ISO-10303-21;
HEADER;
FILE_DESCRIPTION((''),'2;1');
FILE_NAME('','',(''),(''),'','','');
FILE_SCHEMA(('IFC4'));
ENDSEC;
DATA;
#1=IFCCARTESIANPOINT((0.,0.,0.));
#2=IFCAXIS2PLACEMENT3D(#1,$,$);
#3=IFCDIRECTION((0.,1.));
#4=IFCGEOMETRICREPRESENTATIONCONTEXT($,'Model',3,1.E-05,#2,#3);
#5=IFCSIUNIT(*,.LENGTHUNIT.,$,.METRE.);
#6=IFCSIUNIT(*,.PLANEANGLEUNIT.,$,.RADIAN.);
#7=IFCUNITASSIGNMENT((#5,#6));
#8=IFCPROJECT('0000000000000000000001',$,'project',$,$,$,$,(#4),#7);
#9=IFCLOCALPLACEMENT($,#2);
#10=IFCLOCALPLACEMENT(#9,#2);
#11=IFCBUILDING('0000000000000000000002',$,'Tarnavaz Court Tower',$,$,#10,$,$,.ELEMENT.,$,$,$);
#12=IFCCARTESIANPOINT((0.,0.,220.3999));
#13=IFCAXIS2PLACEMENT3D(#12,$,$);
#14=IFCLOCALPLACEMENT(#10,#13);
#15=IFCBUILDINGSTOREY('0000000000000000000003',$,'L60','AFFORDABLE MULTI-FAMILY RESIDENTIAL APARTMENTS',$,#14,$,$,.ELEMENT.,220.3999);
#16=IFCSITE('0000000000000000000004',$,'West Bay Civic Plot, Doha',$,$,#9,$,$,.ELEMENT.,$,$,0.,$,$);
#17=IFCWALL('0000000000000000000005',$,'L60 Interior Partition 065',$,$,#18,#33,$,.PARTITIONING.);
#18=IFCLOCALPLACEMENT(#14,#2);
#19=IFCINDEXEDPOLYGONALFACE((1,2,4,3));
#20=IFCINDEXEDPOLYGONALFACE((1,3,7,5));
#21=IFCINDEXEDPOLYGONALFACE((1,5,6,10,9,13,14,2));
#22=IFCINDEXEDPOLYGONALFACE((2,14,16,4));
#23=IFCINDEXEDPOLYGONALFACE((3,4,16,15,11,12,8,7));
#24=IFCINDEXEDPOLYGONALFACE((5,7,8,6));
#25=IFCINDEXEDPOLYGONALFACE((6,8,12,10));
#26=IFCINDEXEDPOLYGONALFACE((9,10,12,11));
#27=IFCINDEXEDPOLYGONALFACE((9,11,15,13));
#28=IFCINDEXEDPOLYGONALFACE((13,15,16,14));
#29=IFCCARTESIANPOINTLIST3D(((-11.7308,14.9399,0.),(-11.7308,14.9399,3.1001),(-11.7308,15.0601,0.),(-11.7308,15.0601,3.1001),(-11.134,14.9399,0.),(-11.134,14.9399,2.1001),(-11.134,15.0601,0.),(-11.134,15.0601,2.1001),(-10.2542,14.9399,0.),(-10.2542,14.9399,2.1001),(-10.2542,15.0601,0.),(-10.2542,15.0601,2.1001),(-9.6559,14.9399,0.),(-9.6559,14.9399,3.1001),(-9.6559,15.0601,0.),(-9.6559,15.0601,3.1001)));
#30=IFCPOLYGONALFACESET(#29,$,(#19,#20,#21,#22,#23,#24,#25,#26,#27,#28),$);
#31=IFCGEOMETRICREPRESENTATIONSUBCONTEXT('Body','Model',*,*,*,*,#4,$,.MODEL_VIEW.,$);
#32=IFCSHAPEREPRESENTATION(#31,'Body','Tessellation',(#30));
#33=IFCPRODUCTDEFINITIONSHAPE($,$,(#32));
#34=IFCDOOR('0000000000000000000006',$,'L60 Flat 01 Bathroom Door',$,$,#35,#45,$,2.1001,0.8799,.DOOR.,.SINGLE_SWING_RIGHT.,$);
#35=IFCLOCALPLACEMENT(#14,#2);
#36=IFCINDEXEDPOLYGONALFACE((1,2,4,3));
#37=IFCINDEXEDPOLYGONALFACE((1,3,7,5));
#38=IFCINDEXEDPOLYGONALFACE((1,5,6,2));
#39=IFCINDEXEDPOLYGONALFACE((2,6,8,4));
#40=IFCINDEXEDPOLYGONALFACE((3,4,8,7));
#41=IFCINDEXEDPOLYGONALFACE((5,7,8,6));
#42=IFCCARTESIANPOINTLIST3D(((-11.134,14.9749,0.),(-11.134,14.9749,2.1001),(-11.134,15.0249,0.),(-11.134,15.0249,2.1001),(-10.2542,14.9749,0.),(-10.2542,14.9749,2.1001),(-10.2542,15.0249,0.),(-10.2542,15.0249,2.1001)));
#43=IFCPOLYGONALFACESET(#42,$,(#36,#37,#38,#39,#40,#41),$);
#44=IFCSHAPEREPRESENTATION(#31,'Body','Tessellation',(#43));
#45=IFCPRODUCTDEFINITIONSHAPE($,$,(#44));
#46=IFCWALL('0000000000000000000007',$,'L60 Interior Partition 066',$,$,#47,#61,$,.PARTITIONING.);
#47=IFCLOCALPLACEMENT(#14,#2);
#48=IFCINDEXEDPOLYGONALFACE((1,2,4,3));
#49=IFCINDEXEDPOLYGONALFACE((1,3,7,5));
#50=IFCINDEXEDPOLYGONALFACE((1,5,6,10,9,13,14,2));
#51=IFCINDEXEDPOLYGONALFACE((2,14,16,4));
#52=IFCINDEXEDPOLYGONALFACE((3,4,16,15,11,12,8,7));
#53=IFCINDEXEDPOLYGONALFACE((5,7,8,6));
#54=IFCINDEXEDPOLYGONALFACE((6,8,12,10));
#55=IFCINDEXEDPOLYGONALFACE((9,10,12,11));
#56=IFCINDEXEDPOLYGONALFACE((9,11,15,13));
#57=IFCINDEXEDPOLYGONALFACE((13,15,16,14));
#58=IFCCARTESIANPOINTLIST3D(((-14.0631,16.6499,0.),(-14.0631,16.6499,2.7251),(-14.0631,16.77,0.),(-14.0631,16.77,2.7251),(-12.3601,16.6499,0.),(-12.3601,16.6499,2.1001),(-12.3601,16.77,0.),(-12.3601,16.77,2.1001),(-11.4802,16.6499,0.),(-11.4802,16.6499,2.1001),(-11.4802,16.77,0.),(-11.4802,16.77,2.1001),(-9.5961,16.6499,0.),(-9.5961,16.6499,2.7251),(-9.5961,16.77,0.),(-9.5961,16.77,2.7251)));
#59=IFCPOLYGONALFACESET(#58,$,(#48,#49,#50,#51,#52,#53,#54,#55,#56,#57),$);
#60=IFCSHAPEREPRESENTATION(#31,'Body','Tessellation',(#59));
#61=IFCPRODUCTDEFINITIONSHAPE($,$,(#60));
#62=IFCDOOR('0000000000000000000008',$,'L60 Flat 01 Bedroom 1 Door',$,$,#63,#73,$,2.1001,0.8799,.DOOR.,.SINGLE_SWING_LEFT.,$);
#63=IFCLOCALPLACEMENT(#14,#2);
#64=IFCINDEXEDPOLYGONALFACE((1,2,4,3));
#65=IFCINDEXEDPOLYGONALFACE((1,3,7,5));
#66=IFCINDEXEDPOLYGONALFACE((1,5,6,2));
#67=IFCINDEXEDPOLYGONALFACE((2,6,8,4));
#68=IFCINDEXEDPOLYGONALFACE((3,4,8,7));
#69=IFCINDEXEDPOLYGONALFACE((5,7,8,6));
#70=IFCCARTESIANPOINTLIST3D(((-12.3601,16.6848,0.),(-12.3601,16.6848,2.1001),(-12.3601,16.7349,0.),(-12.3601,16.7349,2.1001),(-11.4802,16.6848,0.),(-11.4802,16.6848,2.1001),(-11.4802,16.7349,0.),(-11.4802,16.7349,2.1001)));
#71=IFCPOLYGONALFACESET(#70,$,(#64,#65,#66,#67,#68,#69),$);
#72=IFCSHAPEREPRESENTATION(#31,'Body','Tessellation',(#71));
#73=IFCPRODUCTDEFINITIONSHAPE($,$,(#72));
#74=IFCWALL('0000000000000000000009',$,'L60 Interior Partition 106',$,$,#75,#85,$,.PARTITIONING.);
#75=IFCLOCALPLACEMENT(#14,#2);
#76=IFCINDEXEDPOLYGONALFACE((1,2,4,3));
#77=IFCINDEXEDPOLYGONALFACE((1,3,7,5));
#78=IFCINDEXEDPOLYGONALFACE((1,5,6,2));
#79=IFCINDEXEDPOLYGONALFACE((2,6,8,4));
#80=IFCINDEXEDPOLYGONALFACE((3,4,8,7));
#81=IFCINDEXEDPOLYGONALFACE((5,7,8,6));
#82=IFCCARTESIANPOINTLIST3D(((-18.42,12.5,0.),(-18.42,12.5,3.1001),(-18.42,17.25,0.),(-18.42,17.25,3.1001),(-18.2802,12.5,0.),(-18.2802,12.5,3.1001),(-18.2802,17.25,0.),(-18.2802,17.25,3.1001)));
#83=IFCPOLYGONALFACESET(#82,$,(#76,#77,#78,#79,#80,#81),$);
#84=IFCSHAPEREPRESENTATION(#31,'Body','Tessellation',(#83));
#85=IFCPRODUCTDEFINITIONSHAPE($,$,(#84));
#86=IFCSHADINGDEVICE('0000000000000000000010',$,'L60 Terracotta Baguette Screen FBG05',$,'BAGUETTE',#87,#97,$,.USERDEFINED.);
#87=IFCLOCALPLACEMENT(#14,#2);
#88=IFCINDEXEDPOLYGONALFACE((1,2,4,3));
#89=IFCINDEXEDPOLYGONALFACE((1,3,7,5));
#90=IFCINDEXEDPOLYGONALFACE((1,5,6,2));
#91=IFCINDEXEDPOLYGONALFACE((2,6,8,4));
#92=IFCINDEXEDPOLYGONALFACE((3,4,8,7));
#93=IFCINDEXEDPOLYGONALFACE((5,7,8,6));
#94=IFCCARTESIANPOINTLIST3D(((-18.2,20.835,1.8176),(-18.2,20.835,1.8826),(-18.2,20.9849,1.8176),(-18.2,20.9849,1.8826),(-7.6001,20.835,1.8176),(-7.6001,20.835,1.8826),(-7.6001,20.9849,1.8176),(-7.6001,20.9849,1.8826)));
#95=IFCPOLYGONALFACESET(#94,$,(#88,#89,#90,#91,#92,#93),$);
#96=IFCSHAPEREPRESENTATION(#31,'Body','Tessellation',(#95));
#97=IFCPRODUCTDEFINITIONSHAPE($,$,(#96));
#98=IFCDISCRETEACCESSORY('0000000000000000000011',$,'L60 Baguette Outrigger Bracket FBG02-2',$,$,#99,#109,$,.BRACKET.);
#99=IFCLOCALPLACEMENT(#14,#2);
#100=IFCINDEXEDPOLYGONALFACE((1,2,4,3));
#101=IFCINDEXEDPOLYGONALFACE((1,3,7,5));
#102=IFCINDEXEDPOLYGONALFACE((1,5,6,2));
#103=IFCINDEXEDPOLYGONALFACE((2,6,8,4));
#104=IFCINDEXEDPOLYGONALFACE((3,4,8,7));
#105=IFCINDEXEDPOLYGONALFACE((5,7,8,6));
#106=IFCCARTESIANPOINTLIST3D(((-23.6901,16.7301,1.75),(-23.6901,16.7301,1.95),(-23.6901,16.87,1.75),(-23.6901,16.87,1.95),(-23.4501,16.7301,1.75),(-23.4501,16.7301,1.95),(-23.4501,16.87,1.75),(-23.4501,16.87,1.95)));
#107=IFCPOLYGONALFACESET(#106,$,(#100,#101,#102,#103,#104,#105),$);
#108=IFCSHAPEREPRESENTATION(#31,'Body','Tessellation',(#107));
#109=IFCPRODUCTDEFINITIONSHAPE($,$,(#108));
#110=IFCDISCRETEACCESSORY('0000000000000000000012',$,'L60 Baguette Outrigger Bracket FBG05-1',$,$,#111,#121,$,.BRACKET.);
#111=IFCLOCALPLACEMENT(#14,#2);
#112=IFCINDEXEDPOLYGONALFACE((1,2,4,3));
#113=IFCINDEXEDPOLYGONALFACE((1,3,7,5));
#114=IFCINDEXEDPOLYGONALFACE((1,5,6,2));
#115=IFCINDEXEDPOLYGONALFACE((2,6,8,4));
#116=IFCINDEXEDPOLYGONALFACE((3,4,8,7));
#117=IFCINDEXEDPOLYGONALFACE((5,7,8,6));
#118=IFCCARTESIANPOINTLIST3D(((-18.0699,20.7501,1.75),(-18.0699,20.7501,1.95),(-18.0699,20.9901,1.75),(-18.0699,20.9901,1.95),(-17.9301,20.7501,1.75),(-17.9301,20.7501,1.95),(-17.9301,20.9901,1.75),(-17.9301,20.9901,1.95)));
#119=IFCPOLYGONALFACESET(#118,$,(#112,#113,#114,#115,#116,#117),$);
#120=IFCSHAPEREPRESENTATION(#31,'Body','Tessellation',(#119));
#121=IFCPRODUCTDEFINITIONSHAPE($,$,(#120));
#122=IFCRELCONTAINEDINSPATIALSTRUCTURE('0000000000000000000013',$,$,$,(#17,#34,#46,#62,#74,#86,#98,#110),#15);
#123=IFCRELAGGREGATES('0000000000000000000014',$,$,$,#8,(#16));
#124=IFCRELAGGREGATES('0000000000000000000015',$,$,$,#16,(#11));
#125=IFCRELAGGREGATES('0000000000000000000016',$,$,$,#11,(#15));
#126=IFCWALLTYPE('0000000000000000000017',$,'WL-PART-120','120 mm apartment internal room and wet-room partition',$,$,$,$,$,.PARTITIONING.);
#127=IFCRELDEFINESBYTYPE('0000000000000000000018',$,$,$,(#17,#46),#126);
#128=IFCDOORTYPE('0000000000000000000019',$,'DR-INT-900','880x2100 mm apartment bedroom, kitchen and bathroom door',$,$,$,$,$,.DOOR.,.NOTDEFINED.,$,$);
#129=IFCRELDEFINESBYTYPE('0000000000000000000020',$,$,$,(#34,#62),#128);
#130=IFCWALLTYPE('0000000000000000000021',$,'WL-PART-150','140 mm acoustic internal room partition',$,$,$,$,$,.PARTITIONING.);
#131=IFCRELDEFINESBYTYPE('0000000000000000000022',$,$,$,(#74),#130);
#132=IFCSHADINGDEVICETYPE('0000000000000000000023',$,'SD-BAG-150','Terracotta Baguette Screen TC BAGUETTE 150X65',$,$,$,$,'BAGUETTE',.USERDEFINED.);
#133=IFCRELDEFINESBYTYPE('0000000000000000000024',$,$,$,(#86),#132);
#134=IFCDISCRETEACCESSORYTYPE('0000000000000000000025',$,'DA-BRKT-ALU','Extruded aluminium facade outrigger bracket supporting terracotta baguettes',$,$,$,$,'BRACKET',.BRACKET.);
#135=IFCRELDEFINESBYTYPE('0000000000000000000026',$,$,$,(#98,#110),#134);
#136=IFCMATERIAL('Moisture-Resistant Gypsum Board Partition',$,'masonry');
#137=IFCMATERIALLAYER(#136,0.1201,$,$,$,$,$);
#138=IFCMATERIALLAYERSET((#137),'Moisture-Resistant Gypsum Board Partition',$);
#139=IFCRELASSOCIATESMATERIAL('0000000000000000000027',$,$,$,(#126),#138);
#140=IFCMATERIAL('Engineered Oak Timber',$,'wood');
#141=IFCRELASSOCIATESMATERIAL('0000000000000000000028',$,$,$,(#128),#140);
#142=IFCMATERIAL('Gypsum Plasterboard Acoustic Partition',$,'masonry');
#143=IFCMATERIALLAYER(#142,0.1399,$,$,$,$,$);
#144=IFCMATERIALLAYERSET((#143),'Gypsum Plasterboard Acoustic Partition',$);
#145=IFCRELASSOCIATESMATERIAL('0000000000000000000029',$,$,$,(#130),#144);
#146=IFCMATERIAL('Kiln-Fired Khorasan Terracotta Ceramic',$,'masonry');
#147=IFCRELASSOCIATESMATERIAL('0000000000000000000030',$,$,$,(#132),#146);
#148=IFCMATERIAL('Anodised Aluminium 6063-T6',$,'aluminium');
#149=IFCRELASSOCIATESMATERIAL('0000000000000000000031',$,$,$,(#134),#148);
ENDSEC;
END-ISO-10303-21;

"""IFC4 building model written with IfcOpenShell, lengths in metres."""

from ifc_helpers import new_model, si_unit, direction, frame, frame_2d, origin, origin_2d, place, context, subcontext, project, spatial, rectangle, extrude, material, layer, layer_set, material_profile, profile_set, type_object, element, fill, save


model = new_model("IFC4")

# Units and contexts
model_context = context("Model", 3, precision=1e-05, world=origin(), true_north=direction((0.0, 1.0)))
body_context = subcontext(model_context, "Body", "Model", "MODEL_VIEW")
ifc_project = project(units=[si_unit("LENGTHUNIT", "METRE"), si_unit("PLANEANGLEUNIT", "RADIAN")], contexts=[model_context])

# Site, building, storey
site_placement = place(None, origin())
site = spatial("IfcSite", under=ifc_project, at=site_placement, Name="West Bay Civic Plot, Doha", CompositionType="ELEMENT", RefElevation=0.0)
building_placement = place(site_placement, origin())
building = spatial("IfcBuilding", under=site, at=building_placement, Name="Tarnavaz Court Tower", CompositionType="ELEMENT")
storey_placement = place(building_placement, frame((0.0, 0.0, 220.3999)))
storey = spatial("IfcBuildingStorey", under=building, at=storey_placement, Name="L60", Description="AFFORDABLE MULTI-FAMILY RESIDENTIAL APARTMENTS", CompositionType="ELEMENT", Elevation=220.3999)

# Walls, openings, doors
ifc_material_1 = material(Name="Moisture-Resistant Gypsum Board Partition", Category="masonry")
ifc_layer_1 = layer(ifc_material_1, 0.1201)
ifc_layer_set_1 = layer_set([ifc_layer_1], Name="Moisture-Resistant Gypsum Board Partition")
wall_type_1 = type_object("IfcWallType", Name="WL-PART-120", Description="120 mm apartment internal room and wet-room partition", PredefinedType="PARTITIONING", material=ifc_layer_set_1)
ifc_material_2 = material(Name="Engineered Oak Timber", Category="wood")
door_type = type_object("IfcDoorType", Name="DR-INT-900", Description="880x2100 mm apartment bedroom, kitchen and bathroom door", OperationType="NOTDEFINED", PredefinedType="DOOR", material=ifc_material_2)
wall_1_placement = place(storey_placement, frame((-11.731, 15.0, 0.0), z_axis=(0.0, 0.0, 1.0), x_axis=(1.0, 0.0, 0.0)))
wall_1 = element("IfcWall", 1, at=wall_1_placement, inside=storey, type_object=wall_type_1, Name="L60 Interior Partition 065", PredefinedType="PARTITIONING", context=body_context, shape_type="SweptSolid", body=[
    extrude(rectangle(XDim=2.075, YDim=0.1201, at=frame_2d((1.0376, 0.0))), origin(), (0.0, 0.0, 1.0), 3.1001),
])
opening_1_placement = place(wall_1_placement, frame((0.5969, 0.0, 0.0)))
opening_1 = element("IfcOpeningElement", 2, at=opening_1_placement, cuts=wall_1, PredefinedType="OPENING", context=body_context, shape_type="SweptSolid", body=[
    extrude(rectangle(XDim=0.8799, YDim=2.1001, at=frame_2d((0.4399, 1.05))), frame((0.0, 0.0701, 0.0), z_axis=(0.0, -1.0, 0.0), x_axis=(1.0, 0.0, 0.0)), (0.0, 0.0, 1.0), 0.1401),
])
door_1_placement = place(opening_1_placement, origin())
door_1 = element("IfcDoor", 3, at=door_1_placement, inside=storey, type_object=door_type, Name="L60 Flat 01 Bathroom Door", OperationType="SINGLE_SWING_RIGHT", OverallHeight=2.1001, OverallWidth=0.8799, PredefinedType="DOOR", context=body_context, shape_type="SweptSolid", body=[
    extrude(rectangle(XDim=0.8799, YDim=2.1001, at=frame_2d((0.4399, 1.05))), frame((0.0, 0.0249, 0.0), z_axis=(0.0, -1.0, 0.0), x_axis=(1.0, 0.0, 0.0)), (0.0, 0.0, 1.0), 0.05),
])
fill(opening_1, door_1)
wall_2_placement = place(storey_placement, frame((-14.063, 16.71, 0.0), z_axis=(0.0, 0.0, 1.0), x_axis=(1.0, 0.0, 0.0)))
wall_2 = element("IfcWall", 4, at=wall_2_placement, inside=storey, type_object=wall_type_1, Name="L60 Interior Partition 066", PredefinedType="PARTITIONING", context=body_context, shape_type="SweptSolid", body=[
    extrude(rectangle(XDim=4.467, YDim=0.1201, at=frame_2d((2.2334, 0.0))), origin(), (0.0, 0.0, 1.0), 2.7251),
])
opening_2_placement = place(wall_2_placement, frame((1.7029, 0.0, 0.0)))
opening_2 = element("IfcOpeningElement", 5, at=opening_2_placement, cuts=wall_2, PredefinedType="OPENING", context=body_context, shape_type="SweptSolid", body=[
    extrude(rectangle(XDim=0.8799, YDim=2.1001, at=frame_2d((0.4399, 1.05))), frame((0.0, 0.0701, 0.0), z_axis=(0.0, -1.0, 0.0), x_axis=(1.0, 0.0, 0.0)), (0.0, 0.0, 1.0), 0.1401),
])
door_2_placement = place(opening_2_placement, origin())
door_2 = element("IfcDoor", 6, at=door_2_placement, inside=storey, type_object=door_type, Name="L60 Flat 01 Bedroom 1 Door", OperationType="SINGLE_SWING_LEFT", OverallHeight=2.1001, OverallWidth=0.8799, PredefinedType="DOOR", context=body_context, shape_type="SweptSolid", body=[
    extrude(rectangle(XDim=0.8799, YDim=2.1001, at=frame_2d((0.4399, 1.05))), frame((0.0, 0.0249, 0.0), z_axis=(0.0, -1.0, 0.0), x_axis=(1.0, 0.0, 0.0)), (0.0, 0.0, 1.0), 0.05),
])
fill(opening_2, door_2)

# Wall
ifc_material_3 = material(Name="Gypsum Plasterboard Acoustic Partition", Category="masonry")
ifc_layer_2 = layer(ifc_material_3, 0.1399)
ifc_layer_set_2 = layer_set([ifc_layer_2], Name="Gypsum Plasterboard Acoustic Partition")
wall_type_2 = type_object("IfcWallType", Name="WL-PART-150", Description="140 mm acoustic internal room partition", PredefinedType="PARTITIONING", material=ifc_layer_set_2)
wall_3_placement = place(storey_placement, frame((-18.3501, 12.5, 0.0), z_axis=(0.0, 0.0, 1.0), x_axis=(0.0, 1.0, 0.0)))
element("IfcWall", 7, at=wall_3_placement, inside=storey, type_object=wall_type_2, Name="L60 Interior Partition 106", PredefinedType="PARTITIONING", context=body_context, shape_type="SweptSolid", body=[
    extrude(rectangle(XDim=4.75, YDim=0.1399, at=frame_2d((2.375, 0.0))), origin(), (0.0, 0.0, 1.0), 3.1001),
])

# Shading device
ifc_material_4 = material(Name="Kiln-Fired Khorasan Terracotta Ceramic", Category="masonry")
ifc_material_profile_1 = material_profile(ifc_material_4, rectangle(XDim=0.1499, YDim=0.0649, at=origin_2d()), Name="TC BAGUETTE 150X65")
ifc_profile_set_1 = profile_set([ifc_material_profile_1], Name="Kiln-Fired Khorasan Terracotta Ceramic")
shading_device_type = type_object("IfcShadingDeviceType", Name="SD-BAG-150", Description="Terracotta Baguette Screen TC BAGUETTE 150X65", ElementType="BAGUETTE", PredefinedType="USERDEFINED", material=ifc_profile_set_1)
shading_device_placement = place(storey_placement, frame((-18.2, 20.9099, 1.8501), z_axis=(1.0, 0.0, 0.0), x_axis=(0.0, 1.0, 0.0)))
element("IfcShadingDevice", 8, at=shading_device_placement, inside=storey, type_object=shading_device_type, Name="L60 Terracotta Baguette Screen FBG05", ObjectType="BAGUETTE", PredefinedType="USERDEFINED", context=body_context, shape_type="SweptSolid", body=[
    extrude(rectangle(XDim=0.1499, YDim=0.0649, at=origin_2d()), origin(), (0.0, 0.0, 1.0), 10.5999),
])

# Discrete accessories
ifc_material_5 = material(Name="Anodised Aluminium 6063-T6", Category="aluminium")
discrete_accessory_type = type_object("IfcDiscreteAccessoryType", Name="DA-BRKT-ALU", Description="Extruded aluminium facade outrigger bracket supporting terracotta baguettes", ElementType="BRACKET", PredefinedType="BRACKET", material=ifc_material_5)
for number, where, z_axis, x_axis, name in (
    (9, (-23.5701, 16.8, 1.75), (0.0, 0.0, 1.0), (0.0, 1.0, 0.0), "L60 Baguette Outrigger Bracket FBG02-2"),
    (10, (-18.0, 20.8701, 1.75), (0.0, 0.0, 1.0), (1.0, 0.0, 0.0), "L60 Baguette Outrigger Bracket FBG05-1"),
):
    element("IfcDiscreteAccessory", number, at=place(storey_placement, frame(where, z_axis=z_axis, x_axis=x_axis)), inside=storey, type_object=discrete_accessory_type, Name=name, PredefinedType="BRACKET", context=body_context, shape_type="SweptSolid", body=[
        extrude(rectangle(XDim=0.1399, YDim=0.24, at=origin_2d()), origin(), (0.0, 0.0, 1.0), 0.2),
    ])

save(model, "model.ifc")
